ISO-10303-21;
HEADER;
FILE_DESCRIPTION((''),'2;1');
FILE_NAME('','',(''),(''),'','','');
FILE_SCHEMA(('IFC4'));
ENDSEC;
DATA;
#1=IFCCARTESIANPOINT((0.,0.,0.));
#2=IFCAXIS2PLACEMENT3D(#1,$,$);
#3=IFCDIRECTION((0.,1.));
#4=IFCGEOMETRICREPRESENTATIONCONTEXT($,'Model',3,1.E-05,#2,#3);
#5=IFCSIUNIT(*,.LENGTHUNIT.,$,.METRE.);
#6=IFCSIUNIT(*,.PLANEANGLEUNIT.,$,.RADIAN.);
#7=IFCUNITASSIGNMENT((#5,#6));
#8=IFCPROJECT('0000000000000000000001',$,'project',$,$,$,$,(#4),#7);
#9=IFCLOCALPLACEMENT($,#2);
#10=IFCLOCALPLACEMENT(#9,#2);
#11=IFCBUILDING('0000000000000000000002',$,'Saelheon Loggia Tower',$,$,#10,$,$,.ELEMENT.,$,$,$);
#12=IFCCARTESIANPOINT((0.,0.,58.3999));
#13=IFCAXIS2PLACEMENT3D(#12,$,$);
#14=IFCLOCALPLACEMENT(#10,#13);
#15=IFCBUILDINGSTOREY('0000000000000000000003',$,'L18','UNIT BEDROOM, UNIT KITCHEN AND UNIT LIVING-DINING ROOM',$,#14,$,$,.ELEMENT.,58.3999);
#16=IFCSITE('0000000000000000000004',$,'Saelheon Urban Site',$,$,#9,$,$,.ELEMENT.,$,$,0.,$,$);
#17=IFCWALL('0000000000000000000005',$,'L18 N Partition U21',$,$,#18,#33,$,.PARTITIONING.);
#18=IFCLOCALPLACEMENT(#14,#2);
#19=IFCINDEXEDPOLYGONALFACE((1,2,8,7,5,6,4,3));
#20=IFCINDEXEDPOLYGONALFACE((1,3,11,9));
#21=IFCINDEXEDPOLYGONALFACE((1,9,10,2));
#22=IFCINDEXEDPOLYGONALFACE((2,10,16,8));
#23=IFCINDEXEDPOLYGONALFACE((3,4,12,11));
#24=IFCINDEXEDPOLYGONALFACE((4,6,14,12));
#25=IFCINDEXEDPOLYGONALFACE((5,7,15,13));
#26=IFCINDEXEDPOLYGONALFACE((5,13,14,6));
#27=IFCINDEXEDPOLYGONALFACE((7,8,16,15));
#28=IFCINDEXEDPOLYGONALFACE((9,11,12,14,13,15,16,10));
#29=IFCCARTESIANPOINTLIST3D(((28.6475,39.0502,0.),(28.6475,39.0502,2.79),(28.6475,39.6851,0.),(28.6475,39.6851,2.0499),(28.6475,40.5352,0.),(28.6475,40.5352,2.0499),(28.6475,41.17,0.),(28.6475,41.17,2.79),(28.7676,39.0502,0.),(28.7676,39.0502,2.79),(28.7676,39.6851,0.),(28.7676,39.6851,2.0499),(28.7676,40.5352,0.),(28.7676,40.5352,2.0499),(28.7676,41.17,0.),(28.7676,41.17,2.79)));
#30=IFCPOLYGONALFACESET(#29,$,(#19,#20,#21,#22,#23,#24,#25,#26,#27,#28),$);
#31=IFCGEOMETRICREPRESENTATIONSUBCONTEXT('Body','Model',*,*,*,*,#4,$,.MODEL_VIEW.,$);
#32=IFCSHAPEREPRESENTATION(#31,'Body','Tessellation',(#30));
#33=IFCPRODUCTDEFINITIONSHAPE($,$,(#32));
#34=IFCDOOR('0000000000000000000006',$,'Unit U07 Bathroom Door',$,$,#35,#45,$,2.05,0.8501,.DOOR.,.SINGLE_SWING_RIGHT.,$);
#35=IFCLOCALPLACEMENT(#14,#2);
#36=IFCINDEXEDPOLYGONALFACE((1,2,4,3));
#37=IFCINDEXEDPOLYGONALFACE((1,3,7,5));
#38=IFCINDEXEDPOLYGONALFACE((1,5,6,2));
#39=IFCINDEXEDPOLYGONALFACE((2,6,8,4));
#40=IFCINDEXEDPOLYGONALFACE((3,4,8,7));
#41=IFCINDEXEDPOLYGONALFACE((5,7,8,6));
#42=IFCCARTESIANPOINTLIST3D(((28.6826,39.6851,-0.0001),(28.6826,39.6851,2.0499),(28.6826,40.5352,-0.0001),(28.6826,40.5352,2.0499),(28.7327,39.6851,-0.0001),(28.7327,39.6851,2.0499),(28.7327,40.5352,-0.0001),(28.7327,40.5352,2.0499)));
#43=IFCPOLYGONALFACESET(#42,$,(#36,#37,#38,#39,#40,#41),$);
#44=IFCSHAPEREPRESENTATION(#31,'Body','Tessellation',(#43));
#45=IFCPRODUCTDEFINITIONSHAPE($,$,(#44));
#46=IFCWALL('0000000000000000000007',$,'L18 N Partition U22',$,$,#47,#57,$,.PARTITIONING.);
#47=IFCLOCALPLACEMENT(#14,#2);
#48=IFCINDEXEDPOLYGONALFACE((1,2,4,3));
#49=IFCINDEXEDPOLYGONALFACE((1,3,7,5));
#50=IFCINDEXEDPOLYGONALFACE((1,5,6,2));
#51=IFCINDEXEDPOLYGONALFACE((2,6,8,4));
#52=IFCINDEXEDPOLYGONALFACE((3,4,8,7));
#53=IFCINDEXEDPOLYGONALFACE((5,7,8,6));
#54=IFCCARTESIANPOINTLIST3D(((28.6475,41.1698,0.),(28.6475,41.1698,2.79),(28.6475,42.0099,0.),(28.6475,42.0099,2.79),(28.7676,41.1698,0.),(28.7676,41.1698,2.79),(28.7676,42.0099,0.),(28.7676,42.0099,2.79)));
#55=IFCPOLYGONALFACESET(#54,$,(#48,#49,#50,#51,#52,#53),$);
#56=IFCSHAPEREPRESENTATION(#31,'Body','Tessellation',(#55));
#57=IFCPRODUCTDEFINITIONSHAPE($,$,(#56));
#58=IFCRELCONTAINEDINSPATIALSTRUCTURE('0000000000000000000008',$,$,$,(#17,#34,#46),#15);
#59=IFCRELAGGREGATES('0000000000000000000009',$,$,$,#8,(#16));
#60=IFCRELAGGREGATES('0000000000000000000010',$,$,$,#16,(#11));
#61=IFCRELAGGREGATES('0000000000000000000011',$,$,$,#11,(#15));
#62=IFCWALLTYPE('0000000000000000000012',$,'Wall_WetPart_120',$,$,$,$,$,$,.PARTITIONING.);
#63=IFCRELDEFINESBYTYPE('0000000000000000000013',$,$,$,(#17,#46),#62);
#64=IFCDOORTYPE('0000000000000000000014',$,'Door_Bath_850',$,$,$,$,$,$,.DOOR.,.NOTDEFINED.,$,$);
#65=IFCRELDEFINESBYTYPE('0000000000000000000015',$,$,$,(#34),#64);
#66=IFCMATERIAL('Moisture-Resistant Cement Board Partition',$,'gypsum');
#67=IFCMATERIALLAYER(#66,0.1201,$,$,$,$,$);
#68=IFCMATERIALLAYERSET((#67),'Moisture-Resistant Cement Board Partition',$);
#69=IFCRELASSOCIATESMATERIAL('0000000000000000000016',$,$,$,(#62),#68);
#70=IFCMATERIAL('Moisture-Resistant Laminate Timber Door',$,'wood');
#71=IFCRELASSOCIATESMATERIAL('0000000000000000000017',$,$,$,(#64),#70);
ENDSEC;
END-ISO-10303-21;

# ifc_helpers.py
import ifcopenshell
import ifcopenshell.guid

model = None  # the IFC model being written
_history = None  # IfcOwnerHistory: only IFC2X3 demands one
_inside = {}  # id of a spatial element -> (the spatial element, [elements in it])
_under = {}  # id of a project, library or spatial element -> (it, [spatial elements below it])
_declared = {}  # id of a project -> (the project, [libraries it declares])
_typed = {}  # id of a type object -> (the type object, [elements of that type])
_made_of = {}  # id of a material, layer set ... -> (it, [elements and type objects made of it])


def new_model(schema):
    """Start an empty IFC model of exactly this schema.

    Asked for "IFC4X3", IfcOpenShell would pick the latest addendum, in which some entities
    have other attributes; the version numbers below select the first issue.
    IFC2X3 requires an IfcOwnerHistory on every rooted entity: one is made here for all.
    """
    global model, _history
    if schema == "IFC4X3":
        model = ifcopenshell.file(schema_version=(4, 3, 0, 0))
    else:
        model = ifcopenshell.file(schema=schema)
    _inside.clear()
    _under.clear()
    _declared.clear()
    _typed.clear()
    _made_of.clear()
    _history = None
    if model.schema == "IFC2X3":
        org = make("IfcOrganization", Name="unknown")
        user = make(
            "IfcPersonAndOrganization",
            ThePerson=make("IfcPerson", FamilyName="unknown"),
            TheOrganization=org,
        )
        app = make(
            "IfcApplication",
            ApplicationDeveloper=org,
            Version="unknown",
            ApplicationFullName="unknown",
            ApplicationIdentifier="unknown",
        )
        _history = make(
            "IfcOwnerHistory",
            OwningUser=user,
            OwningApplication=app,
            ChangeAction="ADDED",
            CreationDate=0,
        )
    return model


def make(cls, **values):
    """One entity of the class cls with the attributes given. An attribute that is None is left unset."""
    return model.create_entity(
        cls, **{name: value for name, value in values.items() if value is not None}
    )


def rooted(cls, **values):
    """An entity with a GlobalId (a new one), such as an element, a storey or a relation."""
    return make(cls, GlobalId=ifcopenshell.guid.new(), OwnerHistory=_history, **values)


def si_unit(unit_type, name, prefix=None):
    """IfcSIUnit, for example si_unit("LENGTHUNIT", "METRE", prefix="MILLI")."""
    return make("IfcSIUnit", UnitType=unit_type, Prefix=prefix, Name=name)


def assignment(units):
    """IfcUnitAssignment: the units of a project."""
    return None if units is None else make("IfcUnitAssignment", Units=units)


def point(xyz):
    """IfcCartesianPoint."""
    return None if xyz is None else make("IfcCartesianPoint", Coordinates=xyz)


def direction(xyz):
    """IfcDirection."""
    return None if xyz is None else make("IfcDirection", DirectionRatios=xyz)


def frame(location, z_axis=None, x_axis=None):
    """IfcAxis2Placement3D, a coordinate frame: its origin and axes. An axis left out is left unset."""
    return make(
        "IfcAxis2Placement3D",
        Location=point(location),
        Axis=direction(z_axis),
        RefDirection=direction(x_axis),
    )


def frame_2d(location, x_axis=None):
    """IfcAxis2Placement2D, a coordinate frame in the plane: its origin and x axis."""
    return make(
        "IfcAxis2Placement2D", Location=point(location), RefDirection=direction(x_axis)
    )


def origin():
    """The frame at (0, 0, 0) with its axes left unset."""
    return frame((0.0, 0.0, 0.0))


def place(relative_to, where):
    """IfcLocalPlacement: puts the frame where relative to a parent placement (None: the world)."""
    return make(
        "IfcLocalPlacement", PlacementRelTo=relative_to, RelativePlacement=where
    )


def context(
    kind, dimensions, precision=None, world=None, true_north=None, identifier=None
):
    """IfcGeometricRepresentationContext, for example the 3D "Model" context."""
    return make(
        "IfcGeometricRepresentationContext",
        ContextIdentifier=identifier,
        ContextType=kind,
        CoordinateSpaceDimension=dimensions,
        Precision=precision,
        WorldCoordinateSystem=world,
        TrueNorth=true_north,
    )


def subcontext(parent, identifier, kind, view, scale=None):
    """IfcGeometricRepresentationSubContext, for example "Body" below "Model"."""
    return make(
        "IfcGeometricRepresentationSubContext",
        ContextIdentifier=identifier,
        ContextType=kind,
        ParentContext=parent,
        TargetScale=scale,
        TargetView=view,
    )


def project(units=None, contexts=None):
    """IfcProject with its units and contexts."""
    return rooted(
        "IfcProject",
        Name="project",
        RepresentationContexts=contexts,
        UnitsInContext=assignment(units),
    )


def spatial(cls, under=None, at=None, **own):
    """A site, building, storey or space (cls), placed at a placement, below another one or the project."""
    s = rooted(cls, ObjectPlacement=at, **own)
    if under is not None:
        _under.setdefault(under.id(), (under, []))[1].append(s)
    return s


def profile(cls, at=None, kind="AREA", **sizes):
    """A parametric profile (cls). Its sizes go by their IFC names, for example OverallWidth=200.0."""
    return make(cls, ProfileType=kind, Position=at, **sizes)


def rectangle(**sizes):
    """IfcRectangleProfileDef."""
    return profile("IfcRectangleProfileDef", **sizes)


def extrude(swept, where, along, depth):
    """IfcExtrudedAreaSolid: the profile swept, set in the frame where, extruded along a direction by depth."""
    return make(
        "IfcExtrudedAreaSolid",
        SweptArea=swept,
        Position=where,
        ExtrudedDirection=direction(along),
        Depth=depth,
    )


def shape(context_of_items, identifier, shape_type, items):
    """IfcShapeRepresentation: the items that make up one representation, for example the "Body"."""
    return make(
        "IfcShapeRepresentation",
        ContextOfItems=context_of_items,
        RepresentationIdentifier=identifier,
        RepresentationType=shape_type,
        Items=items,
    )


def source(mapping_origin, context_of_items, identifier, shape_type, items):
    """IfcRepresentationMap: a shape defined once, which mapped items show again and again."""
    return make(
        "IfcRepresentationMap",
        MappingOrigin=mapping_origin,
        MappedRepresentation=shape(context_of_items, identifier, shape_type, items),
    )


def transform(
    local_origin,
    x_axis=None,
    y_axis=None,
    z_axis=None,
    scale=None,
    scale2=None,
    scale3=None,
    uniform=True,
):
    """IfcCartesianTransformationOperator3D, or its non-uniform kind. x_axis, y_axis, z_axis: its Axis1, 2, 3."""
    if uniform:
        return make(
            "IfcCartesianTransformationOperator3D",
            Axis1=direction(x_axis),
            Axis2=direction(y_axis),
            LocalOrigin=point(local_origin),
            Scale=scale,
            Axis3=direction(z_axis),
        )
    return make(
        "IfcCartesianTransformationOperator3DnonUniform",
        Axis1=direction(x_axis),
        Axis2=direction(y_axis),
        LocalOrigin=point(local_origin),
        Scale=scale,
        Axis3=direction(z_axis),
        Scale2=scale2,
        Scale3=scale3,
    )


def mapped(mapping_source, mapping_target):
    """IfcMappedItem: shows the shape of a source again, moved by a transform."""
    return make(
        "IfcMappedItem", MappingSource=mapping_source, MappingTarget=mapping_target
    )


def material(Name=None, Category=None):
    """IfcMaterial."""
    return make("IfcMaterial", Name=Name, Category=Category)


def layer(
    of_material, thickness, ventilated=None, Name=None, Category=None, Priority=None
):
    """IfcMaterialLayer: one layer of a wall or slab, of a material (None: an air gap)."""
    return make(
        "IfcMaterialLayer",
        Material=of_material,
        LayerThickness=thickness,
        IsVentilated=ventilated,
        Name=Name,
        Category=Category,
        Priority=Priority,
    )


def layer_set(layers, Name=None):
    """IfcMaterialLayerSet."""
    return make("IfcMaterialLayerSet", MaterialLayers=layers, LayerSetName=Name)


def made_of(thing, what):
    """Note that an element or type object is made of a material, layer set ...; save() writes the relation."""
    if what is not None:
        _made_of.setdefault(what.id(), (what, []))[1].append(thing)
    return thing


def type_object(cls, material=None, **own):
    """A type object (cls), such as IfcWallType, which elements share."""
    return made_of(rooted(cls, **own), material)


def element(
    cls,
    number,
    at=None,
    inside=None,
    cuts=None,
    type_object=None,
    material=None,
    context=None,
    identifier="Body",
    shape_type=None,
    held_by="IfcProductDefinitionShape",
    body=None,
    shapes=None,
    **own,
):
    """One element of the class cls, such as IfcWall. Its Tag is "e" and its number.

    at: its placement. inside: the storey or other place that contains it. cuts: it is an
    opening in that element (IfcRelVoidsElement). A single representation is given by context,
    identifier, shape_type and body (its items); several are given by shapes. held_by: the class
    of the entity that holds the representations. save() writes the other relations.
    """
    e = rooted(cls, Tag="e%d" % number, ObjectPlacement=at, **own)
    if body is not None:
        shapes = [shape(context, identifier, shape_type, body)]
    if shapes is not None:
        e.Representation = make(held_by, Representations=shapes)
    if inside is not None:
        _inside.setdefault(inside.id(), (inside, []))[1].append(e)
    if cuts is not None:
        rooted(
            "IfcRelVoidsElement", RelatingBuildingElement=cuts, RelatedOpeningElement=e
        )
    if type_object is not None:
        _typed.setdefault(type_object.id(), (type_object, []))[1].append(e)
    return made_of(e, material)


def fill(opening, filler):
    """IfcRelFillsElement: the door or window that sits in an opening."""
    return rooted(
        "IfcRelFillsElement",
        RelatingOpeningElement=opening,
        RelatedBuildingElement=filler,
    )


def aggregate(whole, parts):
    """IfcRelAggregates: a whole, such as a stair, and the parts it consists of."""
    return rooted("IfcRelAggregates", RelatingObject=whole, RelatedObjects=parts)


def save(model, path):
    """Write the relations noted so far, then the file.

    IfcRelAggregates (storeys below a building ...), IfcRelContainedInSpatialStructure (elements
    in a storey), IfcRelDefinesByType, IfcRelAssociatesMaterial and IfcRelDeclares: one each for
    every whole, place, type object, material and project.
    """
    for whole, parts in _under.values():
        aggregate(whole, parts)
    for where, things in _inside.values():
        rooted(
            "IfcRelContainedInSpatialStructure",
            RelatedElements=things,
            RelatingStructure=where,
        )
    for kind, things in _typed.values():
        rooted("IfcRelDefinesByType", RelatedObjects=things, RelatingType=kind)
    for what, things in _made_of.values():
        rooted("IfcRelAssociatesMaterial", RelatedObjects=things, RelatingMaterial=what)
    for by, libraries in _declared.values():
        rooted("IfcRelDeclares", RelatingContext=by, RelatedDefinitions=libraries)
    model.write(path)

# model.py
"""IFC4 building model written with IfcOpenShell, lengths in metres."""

from ifc_helpers import new_model, si_unit, direction, frame, frame_2d, origin, place, context, subcontext, project, spatial, rectangle, extrude, source, transform, mapped, material, layer, layer_set, type_object, element, fill, save


model = new_model("IFC4")

# Units and contexts
model_context = context("Model", 3, precision=1e-05, world=origin(), true_north=direction((0.0, 1.0)))
body_context = subcontext(model_context, "Body", "Model", "MODEL_VIEW")
ifc_project = project(units=[si_unit("LENGTHUNIT", "METRE"), si_unit("PLANEANGLEUNIT", "RADIAN")], contexts=[model_context])

# Site, building, storey
site_placement = place(None, origin())
site = spatial("IfcSite", under=ifc_project, at=site_placement, Name="Saelheon Urban Site", CompositionType="ELEMENT", RefElevation=0.0)
building_placement = place(site_placement, origin())
building = spatial("IfcBuilding", under=site, at=building_placement, Name="Saelheon Loggia Tower", CompositionType="ELEMENT")
storey_placement = place(building_placement, frame((0.0, 0.0, 58.3999)))
storey = spatial("IfcBuildingStorey", under=building, at=storey_placement, Name="L18", Description="UNIT BEDROOM, UNIT KITCHEN AND UNIT LIVING-DINING ROOM", CompositionType="ELEMENT", Elevation=58.3999)

# Shared definitions
ifc_material_1 = material(Name="Moisture-Resistant Cement Board Partition", Category="gypsum")
ifc_layer_1 = layer(ifc_material_1, 0.1201)
ifc_layer_set_1 = layer_set([ifc_layer_1], Name="Moisture-Resistant Cement Board Partition")
wall_type_1 = type_object("IfcWallType", Name="Wall_WetPart_120", PredefinedType="PARTITIONING", material=ifc_layer_set_1)

# Wall, opening, door
wall_1_placement = place(storey_placement, frame((28.7075, 39.05, 0.0), z_axis=(0.0, 0.0, 1.0), x_axis=(0.0, 1.0, 0.0)))
wall_1 = element("IfcWall", 1, at=wall_1_placement, inside=storey, type_object=wall_type_1, Name="L18 N Partition U21", PredefinedType="PARTITIONING", context=body_context, shape_type="SweptSolid", body=[
    extrude(rectangle(XDim=2.1199, YDim=0.1201, at=frame_2d((1.0601, 0.0))), origin(), (0.0, 0.0, 1.0), 2.79),
])
opening_1_placement = place(wall_1_placement, frame((0.635, 0.0, 0.0)))
opening_1 = element("IfcOpeningElement", 2, at=opening_1_placement, cuts=wall_1, PredefinedType="OPENING", context=body_context, shape_type="SweptSolid", body=[
    extrude(rectangle(XDim=0.8501, YDim=2.05, at=frame_2d((0.425, 1.0249))), frame((0.0, 0.072, 0.0), z_axis=(0.0, -1.0, 0.0), x_axis=(1.0, 0.0, 0.0)), (0.0, 0.0, 1.0), 0.144),
])
ifc_material_2 = material(Name="Moisture-Resistant Laminate Timber Door", Category="wood")
door_type_1 = type_object("IfcDoorType", Name="Door_Bath_850", OperationType="NOTDEFINED", PredefinedType="DOOR", material=ifc_material_2)
shared_shape_1 = source(origin(), body_context, "Body", "SweptSolid", [
    extrude(rectangle(XDim=0.8501, YDim=2.05, at=frame_2d((0.425, 1.0249))), frame((0.0, 0.0249, 0.0), z_axis=(0.0, -1.0, 0.0), x_axis=(1.0, 0.0, 0.0)), (0.0, 0.0, 1.0), 0.05),
])
door_1_placement = place(opening_1_placement, origin())
door_1 = element("IfcDoor", 3, at=door_1_placement, inside=storey, type_object=door_type_1, Name="Unit U07 Bathroom Door", OperationType="SINGLE_SWING_RIGHT", OverallHeight=2.05, OverallWidth=0.8501, PredefinedType="DOOR", context=body_context, shape_type="MappedRepresentation", body=[
    mapped(shared_shape_1, transform((0.0, 0.0, 0.0), scale=1.0)),
])
fill(opening_1, door_1)

# Wall
wall_2_placement = place(storey_placement, frame((28.7075, 41.1699, 0.0), z_axis=(0.0, 0.0, 1.0), x_axis=(0.0, 1.0, 0.0)))
element("IfcWall", 4, at=wall_2_placement, inside=storey, type_object=wall_type_1, Name="L18 N Partition U22", PredefinedType="PARTITIONING", context=body_context, shape_type="SweptSolid", body=[
    extrude(rectangle(XDim=0.8401, YDim=0.1201, at=frame_2d((0.4199, 0.0))), origin(), (0.0, 0.0, 1.0), 2.79),
])

save(model, "model.ifc")
